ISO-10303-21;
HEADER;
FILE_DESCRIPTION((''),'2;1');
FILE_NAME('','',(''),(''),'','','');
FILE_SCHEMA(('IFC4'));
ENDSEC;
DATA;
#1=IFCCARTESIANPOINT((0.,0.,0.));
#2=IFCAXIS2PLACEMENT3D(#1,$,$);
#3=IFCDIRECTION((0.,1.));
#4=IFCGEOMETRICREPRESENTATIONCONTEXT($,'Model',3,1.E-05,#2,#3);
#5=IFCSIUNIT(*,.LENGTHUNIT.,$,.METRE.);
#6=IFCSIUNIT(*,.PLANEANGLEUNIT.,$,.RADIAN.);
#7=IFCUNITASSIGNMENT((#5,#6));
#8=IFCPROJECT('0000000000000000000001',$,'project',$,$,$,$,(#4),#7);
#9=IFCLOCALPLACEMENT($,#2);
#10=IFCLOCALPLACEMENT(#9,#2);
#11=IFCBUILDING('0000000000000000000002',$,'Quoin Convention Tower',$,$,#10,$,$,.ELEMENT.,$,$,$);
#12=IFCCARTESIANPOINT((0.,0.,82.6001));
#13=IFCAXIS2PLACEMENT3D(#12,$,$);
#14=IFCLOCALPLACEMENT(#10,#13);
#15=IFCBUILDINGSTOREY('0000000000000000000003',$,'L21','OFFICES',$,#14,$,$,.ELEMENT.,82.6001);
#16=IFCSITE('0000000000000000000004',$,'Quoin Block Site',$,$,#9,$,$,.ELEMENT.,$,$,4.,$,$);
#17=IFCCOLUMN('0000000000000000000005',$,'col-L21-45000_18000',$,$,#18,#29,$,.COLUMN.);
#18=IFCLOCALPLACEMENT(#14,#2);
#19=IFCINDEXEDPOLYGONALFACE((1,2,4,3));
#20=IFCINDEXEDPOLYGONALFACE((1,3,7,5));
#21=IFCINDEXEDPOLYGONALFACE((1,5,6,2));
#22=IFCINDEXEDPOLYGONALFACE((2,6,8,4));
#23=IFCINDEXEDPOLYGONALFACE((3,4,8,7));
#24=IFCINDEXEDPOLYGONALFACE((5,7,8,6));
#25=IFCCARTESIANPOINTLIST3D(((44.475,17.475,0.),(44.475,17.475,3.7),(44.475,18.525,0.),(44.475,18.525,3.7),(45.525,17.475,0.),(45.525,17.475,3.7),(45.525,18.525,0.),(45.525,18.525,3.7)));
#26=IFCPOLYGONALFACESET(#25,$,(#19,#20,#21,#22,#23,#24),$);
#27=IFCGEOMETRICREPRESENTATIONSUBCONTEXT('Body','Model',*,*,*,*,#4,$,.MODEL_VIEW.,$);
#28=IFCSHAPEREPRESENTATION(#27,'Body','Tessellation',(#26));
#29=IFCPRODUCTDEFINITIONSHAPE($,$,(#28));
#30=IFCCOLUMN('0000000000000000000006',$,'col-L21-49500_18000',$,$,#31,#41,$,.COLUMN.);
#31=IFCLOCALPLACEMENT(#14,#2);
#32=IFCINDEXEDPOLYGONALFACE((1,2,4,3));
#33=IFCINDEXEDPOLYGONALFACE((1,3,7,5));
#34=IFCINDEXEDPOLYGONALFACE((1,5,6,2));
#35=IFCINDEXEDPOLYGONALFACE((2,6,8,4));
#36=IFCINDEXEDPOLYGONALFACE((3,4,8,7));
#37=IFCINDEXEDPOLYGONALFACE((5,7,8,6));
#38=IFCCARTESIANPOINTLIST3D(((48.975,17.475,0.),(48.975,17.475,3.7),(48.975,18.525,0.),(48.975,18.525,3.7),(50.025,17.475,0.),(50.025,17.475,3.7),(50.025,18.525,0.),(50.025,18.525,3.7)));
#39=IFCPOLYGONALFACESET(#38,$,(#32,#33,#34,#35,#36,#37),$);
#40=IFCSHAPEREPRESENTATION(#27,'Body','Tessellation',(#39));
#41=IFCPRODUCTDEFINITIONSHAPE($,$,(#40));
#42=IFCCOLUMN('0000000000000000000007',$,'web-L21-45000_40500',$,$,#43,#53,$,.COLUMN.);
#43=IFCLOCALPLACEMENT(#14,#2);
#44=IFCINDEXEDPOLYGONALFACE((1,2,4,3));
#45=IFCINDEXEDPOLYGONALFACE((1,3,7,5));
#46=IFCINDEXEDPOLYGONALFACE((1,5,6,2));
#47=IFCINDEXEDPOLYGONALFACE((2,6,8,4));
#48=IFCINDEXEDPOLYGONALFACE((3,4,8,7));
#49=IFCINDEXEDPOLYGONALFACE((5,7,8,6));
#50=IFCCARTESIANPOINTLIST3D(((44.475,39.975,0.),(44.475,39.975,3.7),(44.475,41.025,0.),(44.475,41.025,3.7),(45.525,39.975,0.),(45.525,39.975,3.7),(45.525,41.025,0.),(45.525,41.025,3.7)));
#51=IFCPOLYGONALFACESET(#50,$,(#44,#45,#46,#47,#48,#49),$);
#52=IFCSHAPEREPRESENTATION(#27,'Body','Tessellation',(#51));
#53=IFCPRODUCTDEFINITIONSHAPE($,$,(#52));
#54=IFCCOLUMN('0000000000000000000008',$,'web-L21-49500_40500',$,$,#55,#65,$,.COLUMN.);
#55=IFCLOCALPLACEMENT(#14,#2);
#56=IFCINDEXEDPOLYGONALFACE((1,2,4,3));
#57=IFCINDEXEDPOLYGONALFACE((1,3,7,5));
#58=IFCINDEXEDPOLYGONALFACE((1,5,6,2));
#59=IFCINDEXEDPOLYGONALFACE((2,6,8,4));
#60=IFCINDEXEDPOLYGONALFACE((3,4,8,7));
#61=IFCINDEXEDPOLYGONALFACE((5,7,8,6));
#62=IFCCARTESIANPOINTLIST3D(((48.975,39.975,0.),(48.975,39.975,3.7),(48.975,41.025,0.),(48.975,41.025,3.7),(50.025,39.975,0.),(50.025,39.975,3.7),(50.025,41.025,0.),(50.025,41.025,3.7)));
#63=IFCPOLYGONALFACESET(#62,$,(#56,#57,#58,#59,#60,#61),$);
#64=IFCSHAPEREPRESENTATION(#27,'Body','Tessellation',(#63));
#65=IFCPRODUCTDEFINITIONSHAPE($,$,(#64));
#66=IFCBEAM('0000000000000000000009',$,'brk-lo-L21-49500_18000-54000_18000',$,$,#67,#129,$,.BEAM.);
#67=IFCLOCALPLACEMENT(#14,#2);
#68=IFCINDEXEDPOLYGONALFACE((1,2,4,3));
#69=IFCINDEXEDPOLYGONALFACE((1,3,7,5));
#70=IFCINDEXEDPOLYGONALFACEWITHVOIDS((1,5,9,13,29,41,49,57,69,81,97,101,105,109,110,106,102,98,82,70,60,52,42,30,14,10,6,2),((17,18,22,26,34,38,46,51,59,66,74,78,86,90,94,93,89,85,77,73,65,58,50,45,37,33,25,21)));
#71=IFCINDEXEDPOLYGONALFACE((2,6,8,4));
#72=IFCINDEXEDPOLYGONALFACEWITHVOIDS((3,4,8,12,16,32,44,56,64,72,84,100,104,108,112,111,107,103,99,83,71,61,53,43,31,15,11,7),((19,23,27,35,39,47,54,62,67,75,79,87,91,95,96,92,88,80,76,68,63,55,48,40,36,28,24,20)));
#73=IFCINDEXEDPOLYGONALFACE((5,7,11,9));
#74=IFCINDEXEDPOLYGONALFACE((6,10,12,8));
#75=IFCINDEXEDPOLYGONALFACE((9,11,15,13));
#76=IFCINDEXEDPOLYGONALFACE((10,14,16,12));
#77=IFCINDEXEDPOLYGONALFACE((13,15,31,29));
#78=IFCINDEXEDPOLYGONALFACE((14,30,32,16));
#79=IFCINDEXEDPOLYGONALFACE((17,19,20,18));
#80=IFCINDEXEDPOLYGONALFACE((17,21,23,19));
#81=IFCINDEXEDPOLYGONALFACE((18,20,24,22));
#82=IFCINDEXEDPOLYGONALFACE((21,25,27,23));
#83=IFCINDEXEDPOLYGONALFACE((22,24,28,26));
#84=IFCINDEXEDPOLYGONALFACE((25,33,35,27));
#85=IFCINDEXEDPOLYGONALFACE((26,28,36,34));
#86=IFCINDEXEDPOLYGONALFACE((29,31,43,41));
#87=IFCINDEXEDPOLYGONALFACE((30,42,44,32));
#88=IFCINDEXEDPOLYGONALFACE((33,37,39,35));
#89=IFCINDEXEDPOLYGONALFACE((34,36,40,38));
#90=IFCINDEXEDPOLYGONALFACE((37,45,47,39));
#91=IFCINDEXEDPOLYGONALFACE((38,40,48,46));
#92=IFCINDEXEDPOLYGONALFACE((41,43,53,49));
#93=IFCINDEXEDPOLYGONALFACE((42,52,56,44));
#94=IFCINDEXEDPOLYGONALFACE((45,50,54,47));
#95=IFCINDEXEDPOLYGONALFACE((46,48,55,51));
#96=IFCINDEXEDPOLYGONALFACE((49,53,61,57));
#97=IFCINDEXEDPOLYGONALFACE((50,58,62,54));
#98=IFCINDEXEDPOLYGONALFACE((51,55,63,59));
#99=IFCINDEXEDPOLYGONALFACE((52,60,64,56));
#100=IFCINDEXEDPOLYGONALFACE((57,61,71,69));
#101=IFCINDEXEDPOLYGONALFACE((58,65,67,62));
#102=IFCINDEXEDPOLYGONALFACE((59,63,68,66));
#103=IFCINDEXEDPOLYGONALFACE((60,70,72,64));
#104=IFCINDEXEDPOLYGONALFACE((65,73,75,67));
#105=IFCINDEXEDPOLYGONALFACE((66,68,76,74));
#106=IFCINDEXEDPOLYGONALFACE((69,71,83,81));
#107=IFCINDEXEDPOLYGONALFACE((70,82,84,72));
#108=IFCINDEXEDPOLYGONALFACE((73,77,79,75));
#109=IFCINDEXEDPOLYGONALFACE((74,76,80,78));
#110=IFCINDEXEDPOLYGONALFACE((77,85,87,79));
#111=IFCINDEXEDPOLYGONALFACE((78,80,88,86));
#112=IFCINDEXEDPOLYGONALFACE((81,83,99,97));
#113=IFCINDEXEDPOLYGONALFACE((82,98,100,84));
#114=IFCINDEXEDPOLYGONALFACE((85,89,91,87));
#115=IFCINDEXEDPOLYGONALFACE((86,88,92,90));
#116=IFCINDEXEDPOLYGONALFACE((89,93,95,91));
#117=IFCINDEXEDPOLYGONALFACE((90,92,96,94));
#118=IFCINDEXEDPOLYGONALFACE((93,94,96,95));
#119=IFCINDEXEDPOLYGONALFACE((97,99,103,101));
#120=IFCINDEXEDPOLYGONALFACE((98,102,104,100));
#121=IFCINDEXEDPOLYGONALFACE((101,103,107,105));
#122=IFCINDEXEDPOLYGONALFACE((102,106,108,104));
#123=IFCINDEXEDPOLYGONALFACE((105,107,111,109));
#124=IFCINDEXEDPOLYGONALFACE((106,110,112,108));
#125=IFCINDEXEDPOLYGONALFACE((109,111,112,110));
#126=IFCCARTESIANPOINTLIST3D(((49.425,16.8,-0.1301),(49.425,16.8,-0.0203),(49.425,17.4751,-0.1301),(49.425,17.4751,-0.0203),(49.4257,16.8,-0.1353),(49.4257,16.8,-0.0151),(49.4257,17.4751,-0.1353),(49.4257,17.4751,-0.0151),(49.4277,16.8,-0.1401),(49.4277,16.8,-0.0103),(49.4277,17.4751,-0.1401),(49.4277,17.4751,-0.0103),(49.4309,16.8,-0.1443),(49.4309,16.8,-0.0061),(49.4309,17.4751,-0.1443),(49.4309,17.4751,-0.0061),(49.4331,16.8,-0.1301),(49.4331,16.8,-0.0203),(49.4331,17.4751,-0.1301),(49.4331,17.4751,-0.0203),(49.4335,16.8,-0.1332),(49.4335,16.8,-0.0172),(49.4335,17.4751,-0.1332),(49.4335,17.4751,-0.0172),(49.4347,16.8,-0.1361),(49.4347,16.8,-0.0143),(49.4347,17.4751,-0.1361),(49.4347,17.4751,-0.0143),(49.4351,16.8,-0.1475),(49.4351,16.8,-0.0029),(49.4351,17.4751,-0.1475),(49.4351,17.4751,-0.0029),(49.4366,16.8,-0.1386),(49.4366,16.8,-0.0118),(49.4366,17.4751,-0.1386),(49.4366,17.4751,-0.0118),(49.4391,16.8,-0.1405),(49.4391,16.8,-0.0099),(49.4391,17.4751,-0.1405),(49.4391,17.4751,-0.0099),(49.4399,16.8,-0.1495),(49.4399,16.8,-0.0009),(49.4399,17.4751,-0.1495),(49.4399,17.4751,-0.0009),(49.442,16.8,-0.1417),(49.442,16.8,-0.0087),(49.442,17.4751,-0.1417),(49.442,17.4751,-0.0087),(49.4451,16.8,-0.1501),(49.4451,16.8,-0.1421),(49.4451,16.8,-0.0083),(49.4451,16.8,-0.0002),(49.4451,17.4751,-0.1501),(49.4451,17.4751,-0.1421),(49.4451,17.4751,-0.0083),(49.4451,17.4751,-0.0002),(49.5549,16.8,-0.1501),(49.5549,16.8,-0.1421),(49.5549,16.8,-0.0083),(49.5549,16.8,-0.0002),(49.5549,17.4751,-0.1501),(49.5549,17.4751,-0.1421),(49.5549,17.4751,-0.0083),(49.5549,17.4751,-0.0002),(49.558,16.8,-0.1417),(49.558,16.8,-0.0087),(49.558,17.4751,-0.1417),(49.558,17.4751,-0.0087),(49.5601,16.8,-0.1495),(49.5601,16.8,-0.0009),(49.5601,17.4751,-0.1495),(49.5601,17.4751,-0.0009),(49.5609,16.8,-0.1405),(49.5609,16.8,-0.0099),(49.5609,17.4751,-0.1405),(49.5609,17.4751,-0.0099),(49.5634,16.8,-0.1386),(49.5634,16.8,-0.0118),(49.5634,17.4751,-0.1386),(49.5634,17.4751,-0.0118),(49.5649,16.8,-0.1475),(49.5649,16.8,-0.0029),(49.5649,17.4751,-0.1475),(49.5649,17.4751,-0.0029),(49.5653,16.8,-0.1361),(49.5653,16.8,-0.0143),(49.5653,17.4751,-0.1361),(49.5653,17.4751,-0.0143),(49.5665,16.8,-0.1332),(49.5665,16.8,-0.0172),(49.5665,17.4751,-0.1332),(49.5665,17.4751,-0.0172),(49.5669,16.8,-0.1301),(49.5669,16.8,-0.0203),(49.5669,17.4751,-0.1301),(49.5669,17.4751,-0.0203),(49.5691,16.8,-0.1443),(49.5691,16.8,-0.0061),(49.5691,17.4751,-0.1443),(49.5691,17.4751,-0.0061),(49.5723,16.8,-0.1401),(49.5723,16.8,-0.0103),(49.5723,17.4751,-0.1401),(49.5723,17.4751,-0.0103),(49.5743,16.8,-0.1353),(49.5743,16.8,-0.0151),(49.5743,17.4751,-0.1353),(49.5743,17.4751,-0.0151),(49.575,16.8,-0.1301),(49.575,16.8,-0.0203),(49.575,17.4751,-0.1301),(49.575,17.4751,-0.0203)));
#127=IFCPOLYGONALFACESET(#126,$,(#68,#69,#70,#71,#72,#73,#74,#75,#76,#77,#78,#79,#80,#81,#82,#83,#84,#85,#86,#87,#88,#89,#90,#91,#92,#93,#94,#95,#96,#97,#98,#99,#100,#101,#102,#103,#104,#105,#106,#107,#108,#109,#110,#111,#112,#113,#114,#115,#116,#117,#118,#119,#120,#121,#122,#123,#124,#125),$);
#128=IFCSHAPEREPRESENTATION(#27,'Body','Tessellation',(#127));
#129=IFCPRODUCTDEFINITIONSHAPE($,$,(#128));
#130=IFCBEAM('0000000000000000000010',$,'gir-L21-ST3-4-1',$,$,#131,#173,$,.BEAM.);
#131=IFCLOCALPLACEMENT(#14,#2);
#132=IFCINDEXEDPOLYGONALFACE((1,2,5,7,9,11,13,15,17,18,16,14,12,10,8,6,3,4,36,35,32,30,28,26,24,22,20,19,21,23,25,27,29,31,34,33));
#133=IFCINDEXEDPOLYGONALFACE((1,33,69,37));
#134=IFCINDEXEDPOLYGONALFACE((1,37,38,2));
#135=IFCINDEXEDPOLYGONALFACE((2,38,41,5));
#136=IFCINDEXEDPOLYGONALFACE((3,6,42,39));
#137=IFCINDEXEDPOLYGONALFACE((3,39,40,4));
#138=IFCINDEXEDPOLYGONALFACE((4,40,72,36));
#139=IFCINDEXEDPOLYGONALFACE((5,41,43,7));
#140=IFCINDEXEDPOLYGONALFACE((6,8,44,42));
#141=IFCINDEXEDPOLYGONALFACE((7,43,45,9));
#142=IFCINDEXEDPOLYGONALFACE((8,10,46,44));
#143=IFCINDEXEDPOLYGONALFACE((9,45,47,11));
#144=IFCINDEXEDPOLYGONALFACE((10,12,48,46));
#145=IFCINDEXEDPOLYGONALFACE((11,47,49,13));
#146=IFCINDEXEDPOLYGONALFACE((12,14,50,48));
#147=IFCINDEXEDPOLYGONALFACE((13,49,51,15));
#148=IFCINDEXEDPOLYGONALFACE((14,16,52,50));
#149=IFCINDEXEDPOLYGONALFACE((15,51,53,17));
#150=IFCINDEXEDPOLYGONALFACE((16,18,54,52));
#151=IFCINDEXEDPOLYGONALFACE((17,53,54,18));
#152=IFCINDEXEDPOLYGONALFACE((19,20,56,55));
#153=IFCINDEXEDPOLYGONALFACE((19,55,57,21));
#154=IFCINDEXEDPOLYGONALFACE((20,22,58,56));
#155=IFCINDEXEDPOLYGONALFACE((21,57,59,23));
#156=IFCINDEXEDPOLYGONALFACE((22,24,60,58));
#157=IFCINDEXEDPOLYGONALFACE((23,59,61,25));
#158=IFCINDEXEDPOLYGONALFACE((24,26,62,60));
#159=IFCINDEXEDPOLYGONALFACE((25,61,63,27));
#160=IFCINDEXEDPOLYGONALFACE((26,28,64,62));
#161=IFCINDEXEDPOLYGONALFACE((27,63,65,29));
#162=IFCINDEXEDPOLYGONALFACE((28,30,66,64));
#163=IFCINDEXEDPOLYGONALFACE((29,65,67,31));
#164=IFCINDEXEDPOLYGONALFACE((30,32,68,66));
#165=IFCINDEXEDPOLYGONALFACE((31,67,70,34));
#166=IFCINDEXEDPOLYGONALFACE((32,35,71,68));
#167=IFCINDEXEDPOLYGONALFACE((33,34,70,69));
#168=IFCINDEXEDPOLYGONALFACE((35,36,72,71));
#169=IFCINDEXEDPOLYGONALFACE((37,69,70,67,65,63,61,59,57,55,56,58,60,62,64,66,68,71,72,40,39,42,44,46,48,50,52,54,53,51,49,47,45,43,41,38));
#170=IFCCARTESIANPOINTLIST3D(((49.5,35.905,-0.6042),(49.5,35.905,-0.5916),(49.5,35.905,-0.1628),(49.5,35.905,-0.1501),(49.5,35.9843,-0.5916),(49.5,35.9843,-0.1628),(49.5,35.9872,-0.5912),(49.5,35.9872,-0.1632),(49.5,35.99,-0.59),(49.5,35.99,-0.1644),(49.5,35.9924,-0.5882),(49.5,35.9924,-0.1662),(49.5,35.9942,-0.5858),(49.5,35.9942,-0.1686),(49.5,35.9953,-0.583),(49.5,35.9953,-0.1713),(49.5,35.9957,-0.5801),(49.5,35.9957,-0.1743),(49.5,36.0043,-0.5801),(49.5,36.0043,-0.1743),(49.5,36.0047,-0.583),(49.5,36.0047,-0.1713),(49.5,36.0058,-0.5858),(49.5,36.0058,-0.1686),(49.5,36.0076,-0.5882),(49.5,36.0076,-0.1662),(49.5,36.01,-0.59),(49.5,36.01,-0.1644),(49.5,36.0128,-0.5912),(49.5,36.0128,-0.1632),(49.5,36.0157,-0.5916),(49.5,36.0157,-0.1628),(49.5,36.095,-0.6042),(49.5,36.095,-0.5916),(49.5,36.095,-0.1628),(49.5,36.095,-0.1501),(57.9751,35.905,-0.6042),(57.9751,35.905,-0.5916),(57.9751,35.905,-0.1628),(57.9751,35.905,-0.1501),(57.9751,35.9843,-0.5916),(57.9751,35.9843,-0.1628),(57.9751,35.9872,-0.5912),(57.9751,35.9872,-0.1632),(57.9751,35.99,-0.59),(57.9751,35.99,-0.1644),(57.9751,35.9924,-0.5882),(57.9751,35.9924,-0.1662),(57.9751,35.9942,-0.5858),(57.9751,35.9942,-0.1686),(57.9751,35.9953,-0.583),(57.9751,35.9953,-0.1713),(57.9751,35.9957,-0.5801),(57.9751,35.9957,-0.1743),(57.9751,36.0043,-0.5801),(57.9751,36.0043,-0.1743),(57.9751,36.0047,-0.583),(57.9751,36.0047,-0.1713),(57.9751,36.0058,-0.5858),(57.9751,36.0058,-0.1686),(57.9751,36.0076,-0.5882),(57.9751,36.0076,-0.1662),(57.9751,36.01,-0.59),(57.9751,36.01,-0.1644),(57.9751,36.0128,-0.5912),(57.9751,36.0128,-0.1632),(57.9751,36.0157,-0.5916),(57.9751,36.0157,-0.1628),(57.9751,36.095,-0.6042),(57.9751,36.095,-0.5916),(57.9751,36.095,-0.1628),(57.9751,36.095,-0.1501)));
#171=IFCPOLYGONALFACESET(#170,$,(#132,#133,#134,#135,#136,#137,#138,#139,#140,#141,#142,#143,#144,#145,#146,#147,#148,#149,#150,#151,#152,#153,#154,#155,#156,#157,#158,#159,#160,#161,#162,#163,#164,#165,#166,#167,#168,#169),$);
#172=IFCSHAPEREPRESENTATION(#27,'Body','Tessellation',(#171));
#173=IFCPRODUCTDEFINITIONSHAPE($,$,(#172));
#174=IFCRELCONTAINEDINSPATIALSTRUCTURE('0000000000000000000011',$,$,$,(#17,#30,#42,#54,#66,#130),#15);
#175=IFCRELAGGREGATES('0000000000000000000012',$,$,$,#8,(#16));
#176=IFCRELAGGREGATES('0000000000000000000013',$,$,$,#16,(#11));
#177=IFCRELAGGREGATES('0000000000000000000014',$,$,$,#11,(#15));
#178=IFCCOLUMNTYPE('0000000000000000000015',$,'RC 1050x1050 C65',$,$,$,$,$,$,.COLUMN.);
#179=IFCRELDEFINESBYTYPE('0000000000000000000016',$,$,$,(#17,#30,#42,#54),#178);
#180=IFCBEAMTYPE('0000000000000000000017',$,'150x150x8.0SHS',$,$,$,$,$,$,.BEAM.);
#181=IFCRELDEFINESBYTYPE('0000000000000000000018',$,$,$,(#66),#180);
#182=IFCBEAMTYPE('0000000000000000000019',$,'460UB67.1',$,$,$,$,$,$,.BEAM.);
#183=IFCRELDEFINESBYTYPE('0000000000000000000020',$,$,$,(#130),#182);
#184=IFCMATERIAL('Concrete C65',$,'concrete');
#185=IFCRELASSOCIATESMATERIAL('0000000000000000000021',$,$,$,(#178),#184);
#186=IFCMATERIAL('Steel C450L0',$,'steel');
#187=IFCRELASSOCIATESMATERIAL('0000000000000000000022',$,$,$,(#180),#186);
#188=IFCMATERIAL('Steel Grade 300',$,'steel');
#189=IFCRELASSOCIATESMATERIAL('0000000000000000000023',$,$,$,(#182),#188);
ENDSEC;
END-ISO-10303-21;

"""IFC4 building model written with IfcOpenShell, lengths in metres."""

from ifc_helpers import new_model, si_unit, direction, frame, origin, origin_2d, place, context, subcontext, project, spatial, rectangle, hollow_rectangle, i_section, extrude, material, material_profile, profile_set, type_object, element, save


model = new_model("IFC4")

# Units and contexts
model_context = context("Model", 3, precision=1e-05, world=origin(), true_north=direction((0.0, 1.0)))
body_context = subcontext(model_context, "Body", "Model", "MODEL_VIEW")
ifc_project = project(units=[si_unit("LENGTHUNIT", "METRE"), si_unit("PLANEANGLEUNIT", "RADIAN")], contexts=[model_context])

# Site, building, storey
site_placement = place(None, origin())
site = spatial("IfcSite", under=ifc_project, at=site_placement, Name="Quoin Block Site", CompositionType="ELEMENT", RefElevation=4.0)
building_placement = place(site_placement, origin())
building = spatial("IfcBuilding", under=site, at=building_placement, Name="Quoin Convention Tower", CompositionType="ELEMENT")
storey_placement = place(building_placement, frame((0.0, 0.0, 82.6001)))
storey = spatial("IfcBuildingStorey", under=building, at=storey_placement, Name="L21", Description="OFFICES", CompositionType="ELEMENT", Elevation=82.6001)

# Columns
ifc_material_1 = material(Name="Concrete C65", Category="concrete")
ifc_material_profile_1 = material_profile(ifc_material_1, rectangle(XDim=1.05, YDim=1.05, at=origin_2d()), Name="RC 1050x1050")
ifc_profile_set_1 = profile_set([ifc_material_profile_1], Name="Concrete C65")
column_type = type_object("IfcColumnType", Name="RC 1050x1050 C65", PredefinedType="COLUMN", material=ifc_profile_set_1)
for number, where, z_axis, x_axis, name in (
    (1, (45.0, 18.0, 0.0), (0.0, 0.0, 1.0), (1.0, 0.0, 0.0), "col-L21-45000_18000"),
    (2, (49.5, 18.0, 0.0), (0.0, 0.0, 1.0), (1.0, 0.0, 0.0), "col-L21-49500_18000"),
    (3, (45.0, 40.5, 0.0), (0.0, 0.0, 1.0), (1.0, 0.0, 0.0), "web-L21-45000_40500"),
    (4, (49.5, 40.5, 0.0), (0.0, 0.0, 1.0), (1.0, 0.0, 0.0), "web-L21-49500_40500"),
):
    element("IfcColumn", number, at=place(storey_placement, frame(where, z_axis=z_axis, x_axis=x_axis)), inside=storey, type_object=column_type, Name=name, PredefinedType="COLUMN", context=body_context, shape_type="SweptSolid", body=[
        extrude(rectangle(XDim=1.05, YDim=1.05, at=origin_2d()), origin(), (0.0, 0.0, 1.0), 3.7),
    ])

# Beams
ifc_material_2 = material(Name="Steel C450L0", Category="steel")
ifc_material_profile_2 = material_profile(ifc_material_2, hollow_rectangle(XDim=0.1499, YDim=0.1499, WallThickness=0.0081, InnerFilletRadius=0.012, OuterFilletRadius=0.02, at=origin_2d()), Name="150x150x8.0SHS")
ifc_profile_set_2 = profile_set([ifc_material_profile_2], Name="Steel C450L0")
beam_type_1 = type_object("IfcBeamType", Name="150x150x8.0SHS", PredefinedType="BEAM", material=ifc_profile_set_2)
beam_1_placement = place(storey_placement, frame((49.5, 17.4751, -0.0752), z_axis=(0.0, -1.0, 0.0), x_axis=(1.0, 0.0, 0.0)))
element("IfcBeam", 5, at=beam_1_placement, inside=storey, type_object=beam_type_1, Name="brk-lo-L21-49500_18000-54000_18000", PredefinedType="BEAM", context=body_context, shape_type="SweptSolid", body=[
    extrude(hollow_rectangle(XDim=0.1499, YDim=0.1499, WallThickness=0.0081, InnerFilletRadius=0.012, OuterFilletRadius=0.02, at=origin_2d()), origin(), (0.0, 0.0, 1.0), 0.675),
])
ifc_material_3 = material(Name="Steel Grade 300", Category="steel")
ifc_material_profile_3 = material_profile(ifc_material_3, i_section(OverallWidth=0.1899, OverallDepth=0.4541, WebThickness=0.0085, FlangeThickness=0.0127, FilletRadius=0.0115, at=origin_2d()), Name="460UB67.1")
ifc_profile_set_3 = profile_set([ifc_material_profile_3], Name="Steel Grade 300")
beam_type_2 = type_object("IfcBeamType", Name="460UB67.1", PredefinedType="BEAM", material=ifc_profile_set_3)
beam_2_placement = place(storey_placement, frame((49.5, 36.0, -0.3772), z_axis=(1.0, 0.0, 0.0), x_axis=(0.0, 1.0, 0.0)))
element("IfcBeam", 6, at=beam_2_placement, inside=storey, type_object=beam_type_2, Name="gir-L21-ST3-4-1", PredefinedType="BEAM", context=body_context, shape_type="SweptSolid", body=[
    extrude(i_section(OverallWidth=0.1899, OverallDepth=0.4541, WebThickness=0.0085, FlangeThickness=0.0127, FilletRadius=0.0115, at=origin_2d()), origin(), (0.0, 0.0, 1.0), 8.4751),
])

save(model, "model.ifc")
